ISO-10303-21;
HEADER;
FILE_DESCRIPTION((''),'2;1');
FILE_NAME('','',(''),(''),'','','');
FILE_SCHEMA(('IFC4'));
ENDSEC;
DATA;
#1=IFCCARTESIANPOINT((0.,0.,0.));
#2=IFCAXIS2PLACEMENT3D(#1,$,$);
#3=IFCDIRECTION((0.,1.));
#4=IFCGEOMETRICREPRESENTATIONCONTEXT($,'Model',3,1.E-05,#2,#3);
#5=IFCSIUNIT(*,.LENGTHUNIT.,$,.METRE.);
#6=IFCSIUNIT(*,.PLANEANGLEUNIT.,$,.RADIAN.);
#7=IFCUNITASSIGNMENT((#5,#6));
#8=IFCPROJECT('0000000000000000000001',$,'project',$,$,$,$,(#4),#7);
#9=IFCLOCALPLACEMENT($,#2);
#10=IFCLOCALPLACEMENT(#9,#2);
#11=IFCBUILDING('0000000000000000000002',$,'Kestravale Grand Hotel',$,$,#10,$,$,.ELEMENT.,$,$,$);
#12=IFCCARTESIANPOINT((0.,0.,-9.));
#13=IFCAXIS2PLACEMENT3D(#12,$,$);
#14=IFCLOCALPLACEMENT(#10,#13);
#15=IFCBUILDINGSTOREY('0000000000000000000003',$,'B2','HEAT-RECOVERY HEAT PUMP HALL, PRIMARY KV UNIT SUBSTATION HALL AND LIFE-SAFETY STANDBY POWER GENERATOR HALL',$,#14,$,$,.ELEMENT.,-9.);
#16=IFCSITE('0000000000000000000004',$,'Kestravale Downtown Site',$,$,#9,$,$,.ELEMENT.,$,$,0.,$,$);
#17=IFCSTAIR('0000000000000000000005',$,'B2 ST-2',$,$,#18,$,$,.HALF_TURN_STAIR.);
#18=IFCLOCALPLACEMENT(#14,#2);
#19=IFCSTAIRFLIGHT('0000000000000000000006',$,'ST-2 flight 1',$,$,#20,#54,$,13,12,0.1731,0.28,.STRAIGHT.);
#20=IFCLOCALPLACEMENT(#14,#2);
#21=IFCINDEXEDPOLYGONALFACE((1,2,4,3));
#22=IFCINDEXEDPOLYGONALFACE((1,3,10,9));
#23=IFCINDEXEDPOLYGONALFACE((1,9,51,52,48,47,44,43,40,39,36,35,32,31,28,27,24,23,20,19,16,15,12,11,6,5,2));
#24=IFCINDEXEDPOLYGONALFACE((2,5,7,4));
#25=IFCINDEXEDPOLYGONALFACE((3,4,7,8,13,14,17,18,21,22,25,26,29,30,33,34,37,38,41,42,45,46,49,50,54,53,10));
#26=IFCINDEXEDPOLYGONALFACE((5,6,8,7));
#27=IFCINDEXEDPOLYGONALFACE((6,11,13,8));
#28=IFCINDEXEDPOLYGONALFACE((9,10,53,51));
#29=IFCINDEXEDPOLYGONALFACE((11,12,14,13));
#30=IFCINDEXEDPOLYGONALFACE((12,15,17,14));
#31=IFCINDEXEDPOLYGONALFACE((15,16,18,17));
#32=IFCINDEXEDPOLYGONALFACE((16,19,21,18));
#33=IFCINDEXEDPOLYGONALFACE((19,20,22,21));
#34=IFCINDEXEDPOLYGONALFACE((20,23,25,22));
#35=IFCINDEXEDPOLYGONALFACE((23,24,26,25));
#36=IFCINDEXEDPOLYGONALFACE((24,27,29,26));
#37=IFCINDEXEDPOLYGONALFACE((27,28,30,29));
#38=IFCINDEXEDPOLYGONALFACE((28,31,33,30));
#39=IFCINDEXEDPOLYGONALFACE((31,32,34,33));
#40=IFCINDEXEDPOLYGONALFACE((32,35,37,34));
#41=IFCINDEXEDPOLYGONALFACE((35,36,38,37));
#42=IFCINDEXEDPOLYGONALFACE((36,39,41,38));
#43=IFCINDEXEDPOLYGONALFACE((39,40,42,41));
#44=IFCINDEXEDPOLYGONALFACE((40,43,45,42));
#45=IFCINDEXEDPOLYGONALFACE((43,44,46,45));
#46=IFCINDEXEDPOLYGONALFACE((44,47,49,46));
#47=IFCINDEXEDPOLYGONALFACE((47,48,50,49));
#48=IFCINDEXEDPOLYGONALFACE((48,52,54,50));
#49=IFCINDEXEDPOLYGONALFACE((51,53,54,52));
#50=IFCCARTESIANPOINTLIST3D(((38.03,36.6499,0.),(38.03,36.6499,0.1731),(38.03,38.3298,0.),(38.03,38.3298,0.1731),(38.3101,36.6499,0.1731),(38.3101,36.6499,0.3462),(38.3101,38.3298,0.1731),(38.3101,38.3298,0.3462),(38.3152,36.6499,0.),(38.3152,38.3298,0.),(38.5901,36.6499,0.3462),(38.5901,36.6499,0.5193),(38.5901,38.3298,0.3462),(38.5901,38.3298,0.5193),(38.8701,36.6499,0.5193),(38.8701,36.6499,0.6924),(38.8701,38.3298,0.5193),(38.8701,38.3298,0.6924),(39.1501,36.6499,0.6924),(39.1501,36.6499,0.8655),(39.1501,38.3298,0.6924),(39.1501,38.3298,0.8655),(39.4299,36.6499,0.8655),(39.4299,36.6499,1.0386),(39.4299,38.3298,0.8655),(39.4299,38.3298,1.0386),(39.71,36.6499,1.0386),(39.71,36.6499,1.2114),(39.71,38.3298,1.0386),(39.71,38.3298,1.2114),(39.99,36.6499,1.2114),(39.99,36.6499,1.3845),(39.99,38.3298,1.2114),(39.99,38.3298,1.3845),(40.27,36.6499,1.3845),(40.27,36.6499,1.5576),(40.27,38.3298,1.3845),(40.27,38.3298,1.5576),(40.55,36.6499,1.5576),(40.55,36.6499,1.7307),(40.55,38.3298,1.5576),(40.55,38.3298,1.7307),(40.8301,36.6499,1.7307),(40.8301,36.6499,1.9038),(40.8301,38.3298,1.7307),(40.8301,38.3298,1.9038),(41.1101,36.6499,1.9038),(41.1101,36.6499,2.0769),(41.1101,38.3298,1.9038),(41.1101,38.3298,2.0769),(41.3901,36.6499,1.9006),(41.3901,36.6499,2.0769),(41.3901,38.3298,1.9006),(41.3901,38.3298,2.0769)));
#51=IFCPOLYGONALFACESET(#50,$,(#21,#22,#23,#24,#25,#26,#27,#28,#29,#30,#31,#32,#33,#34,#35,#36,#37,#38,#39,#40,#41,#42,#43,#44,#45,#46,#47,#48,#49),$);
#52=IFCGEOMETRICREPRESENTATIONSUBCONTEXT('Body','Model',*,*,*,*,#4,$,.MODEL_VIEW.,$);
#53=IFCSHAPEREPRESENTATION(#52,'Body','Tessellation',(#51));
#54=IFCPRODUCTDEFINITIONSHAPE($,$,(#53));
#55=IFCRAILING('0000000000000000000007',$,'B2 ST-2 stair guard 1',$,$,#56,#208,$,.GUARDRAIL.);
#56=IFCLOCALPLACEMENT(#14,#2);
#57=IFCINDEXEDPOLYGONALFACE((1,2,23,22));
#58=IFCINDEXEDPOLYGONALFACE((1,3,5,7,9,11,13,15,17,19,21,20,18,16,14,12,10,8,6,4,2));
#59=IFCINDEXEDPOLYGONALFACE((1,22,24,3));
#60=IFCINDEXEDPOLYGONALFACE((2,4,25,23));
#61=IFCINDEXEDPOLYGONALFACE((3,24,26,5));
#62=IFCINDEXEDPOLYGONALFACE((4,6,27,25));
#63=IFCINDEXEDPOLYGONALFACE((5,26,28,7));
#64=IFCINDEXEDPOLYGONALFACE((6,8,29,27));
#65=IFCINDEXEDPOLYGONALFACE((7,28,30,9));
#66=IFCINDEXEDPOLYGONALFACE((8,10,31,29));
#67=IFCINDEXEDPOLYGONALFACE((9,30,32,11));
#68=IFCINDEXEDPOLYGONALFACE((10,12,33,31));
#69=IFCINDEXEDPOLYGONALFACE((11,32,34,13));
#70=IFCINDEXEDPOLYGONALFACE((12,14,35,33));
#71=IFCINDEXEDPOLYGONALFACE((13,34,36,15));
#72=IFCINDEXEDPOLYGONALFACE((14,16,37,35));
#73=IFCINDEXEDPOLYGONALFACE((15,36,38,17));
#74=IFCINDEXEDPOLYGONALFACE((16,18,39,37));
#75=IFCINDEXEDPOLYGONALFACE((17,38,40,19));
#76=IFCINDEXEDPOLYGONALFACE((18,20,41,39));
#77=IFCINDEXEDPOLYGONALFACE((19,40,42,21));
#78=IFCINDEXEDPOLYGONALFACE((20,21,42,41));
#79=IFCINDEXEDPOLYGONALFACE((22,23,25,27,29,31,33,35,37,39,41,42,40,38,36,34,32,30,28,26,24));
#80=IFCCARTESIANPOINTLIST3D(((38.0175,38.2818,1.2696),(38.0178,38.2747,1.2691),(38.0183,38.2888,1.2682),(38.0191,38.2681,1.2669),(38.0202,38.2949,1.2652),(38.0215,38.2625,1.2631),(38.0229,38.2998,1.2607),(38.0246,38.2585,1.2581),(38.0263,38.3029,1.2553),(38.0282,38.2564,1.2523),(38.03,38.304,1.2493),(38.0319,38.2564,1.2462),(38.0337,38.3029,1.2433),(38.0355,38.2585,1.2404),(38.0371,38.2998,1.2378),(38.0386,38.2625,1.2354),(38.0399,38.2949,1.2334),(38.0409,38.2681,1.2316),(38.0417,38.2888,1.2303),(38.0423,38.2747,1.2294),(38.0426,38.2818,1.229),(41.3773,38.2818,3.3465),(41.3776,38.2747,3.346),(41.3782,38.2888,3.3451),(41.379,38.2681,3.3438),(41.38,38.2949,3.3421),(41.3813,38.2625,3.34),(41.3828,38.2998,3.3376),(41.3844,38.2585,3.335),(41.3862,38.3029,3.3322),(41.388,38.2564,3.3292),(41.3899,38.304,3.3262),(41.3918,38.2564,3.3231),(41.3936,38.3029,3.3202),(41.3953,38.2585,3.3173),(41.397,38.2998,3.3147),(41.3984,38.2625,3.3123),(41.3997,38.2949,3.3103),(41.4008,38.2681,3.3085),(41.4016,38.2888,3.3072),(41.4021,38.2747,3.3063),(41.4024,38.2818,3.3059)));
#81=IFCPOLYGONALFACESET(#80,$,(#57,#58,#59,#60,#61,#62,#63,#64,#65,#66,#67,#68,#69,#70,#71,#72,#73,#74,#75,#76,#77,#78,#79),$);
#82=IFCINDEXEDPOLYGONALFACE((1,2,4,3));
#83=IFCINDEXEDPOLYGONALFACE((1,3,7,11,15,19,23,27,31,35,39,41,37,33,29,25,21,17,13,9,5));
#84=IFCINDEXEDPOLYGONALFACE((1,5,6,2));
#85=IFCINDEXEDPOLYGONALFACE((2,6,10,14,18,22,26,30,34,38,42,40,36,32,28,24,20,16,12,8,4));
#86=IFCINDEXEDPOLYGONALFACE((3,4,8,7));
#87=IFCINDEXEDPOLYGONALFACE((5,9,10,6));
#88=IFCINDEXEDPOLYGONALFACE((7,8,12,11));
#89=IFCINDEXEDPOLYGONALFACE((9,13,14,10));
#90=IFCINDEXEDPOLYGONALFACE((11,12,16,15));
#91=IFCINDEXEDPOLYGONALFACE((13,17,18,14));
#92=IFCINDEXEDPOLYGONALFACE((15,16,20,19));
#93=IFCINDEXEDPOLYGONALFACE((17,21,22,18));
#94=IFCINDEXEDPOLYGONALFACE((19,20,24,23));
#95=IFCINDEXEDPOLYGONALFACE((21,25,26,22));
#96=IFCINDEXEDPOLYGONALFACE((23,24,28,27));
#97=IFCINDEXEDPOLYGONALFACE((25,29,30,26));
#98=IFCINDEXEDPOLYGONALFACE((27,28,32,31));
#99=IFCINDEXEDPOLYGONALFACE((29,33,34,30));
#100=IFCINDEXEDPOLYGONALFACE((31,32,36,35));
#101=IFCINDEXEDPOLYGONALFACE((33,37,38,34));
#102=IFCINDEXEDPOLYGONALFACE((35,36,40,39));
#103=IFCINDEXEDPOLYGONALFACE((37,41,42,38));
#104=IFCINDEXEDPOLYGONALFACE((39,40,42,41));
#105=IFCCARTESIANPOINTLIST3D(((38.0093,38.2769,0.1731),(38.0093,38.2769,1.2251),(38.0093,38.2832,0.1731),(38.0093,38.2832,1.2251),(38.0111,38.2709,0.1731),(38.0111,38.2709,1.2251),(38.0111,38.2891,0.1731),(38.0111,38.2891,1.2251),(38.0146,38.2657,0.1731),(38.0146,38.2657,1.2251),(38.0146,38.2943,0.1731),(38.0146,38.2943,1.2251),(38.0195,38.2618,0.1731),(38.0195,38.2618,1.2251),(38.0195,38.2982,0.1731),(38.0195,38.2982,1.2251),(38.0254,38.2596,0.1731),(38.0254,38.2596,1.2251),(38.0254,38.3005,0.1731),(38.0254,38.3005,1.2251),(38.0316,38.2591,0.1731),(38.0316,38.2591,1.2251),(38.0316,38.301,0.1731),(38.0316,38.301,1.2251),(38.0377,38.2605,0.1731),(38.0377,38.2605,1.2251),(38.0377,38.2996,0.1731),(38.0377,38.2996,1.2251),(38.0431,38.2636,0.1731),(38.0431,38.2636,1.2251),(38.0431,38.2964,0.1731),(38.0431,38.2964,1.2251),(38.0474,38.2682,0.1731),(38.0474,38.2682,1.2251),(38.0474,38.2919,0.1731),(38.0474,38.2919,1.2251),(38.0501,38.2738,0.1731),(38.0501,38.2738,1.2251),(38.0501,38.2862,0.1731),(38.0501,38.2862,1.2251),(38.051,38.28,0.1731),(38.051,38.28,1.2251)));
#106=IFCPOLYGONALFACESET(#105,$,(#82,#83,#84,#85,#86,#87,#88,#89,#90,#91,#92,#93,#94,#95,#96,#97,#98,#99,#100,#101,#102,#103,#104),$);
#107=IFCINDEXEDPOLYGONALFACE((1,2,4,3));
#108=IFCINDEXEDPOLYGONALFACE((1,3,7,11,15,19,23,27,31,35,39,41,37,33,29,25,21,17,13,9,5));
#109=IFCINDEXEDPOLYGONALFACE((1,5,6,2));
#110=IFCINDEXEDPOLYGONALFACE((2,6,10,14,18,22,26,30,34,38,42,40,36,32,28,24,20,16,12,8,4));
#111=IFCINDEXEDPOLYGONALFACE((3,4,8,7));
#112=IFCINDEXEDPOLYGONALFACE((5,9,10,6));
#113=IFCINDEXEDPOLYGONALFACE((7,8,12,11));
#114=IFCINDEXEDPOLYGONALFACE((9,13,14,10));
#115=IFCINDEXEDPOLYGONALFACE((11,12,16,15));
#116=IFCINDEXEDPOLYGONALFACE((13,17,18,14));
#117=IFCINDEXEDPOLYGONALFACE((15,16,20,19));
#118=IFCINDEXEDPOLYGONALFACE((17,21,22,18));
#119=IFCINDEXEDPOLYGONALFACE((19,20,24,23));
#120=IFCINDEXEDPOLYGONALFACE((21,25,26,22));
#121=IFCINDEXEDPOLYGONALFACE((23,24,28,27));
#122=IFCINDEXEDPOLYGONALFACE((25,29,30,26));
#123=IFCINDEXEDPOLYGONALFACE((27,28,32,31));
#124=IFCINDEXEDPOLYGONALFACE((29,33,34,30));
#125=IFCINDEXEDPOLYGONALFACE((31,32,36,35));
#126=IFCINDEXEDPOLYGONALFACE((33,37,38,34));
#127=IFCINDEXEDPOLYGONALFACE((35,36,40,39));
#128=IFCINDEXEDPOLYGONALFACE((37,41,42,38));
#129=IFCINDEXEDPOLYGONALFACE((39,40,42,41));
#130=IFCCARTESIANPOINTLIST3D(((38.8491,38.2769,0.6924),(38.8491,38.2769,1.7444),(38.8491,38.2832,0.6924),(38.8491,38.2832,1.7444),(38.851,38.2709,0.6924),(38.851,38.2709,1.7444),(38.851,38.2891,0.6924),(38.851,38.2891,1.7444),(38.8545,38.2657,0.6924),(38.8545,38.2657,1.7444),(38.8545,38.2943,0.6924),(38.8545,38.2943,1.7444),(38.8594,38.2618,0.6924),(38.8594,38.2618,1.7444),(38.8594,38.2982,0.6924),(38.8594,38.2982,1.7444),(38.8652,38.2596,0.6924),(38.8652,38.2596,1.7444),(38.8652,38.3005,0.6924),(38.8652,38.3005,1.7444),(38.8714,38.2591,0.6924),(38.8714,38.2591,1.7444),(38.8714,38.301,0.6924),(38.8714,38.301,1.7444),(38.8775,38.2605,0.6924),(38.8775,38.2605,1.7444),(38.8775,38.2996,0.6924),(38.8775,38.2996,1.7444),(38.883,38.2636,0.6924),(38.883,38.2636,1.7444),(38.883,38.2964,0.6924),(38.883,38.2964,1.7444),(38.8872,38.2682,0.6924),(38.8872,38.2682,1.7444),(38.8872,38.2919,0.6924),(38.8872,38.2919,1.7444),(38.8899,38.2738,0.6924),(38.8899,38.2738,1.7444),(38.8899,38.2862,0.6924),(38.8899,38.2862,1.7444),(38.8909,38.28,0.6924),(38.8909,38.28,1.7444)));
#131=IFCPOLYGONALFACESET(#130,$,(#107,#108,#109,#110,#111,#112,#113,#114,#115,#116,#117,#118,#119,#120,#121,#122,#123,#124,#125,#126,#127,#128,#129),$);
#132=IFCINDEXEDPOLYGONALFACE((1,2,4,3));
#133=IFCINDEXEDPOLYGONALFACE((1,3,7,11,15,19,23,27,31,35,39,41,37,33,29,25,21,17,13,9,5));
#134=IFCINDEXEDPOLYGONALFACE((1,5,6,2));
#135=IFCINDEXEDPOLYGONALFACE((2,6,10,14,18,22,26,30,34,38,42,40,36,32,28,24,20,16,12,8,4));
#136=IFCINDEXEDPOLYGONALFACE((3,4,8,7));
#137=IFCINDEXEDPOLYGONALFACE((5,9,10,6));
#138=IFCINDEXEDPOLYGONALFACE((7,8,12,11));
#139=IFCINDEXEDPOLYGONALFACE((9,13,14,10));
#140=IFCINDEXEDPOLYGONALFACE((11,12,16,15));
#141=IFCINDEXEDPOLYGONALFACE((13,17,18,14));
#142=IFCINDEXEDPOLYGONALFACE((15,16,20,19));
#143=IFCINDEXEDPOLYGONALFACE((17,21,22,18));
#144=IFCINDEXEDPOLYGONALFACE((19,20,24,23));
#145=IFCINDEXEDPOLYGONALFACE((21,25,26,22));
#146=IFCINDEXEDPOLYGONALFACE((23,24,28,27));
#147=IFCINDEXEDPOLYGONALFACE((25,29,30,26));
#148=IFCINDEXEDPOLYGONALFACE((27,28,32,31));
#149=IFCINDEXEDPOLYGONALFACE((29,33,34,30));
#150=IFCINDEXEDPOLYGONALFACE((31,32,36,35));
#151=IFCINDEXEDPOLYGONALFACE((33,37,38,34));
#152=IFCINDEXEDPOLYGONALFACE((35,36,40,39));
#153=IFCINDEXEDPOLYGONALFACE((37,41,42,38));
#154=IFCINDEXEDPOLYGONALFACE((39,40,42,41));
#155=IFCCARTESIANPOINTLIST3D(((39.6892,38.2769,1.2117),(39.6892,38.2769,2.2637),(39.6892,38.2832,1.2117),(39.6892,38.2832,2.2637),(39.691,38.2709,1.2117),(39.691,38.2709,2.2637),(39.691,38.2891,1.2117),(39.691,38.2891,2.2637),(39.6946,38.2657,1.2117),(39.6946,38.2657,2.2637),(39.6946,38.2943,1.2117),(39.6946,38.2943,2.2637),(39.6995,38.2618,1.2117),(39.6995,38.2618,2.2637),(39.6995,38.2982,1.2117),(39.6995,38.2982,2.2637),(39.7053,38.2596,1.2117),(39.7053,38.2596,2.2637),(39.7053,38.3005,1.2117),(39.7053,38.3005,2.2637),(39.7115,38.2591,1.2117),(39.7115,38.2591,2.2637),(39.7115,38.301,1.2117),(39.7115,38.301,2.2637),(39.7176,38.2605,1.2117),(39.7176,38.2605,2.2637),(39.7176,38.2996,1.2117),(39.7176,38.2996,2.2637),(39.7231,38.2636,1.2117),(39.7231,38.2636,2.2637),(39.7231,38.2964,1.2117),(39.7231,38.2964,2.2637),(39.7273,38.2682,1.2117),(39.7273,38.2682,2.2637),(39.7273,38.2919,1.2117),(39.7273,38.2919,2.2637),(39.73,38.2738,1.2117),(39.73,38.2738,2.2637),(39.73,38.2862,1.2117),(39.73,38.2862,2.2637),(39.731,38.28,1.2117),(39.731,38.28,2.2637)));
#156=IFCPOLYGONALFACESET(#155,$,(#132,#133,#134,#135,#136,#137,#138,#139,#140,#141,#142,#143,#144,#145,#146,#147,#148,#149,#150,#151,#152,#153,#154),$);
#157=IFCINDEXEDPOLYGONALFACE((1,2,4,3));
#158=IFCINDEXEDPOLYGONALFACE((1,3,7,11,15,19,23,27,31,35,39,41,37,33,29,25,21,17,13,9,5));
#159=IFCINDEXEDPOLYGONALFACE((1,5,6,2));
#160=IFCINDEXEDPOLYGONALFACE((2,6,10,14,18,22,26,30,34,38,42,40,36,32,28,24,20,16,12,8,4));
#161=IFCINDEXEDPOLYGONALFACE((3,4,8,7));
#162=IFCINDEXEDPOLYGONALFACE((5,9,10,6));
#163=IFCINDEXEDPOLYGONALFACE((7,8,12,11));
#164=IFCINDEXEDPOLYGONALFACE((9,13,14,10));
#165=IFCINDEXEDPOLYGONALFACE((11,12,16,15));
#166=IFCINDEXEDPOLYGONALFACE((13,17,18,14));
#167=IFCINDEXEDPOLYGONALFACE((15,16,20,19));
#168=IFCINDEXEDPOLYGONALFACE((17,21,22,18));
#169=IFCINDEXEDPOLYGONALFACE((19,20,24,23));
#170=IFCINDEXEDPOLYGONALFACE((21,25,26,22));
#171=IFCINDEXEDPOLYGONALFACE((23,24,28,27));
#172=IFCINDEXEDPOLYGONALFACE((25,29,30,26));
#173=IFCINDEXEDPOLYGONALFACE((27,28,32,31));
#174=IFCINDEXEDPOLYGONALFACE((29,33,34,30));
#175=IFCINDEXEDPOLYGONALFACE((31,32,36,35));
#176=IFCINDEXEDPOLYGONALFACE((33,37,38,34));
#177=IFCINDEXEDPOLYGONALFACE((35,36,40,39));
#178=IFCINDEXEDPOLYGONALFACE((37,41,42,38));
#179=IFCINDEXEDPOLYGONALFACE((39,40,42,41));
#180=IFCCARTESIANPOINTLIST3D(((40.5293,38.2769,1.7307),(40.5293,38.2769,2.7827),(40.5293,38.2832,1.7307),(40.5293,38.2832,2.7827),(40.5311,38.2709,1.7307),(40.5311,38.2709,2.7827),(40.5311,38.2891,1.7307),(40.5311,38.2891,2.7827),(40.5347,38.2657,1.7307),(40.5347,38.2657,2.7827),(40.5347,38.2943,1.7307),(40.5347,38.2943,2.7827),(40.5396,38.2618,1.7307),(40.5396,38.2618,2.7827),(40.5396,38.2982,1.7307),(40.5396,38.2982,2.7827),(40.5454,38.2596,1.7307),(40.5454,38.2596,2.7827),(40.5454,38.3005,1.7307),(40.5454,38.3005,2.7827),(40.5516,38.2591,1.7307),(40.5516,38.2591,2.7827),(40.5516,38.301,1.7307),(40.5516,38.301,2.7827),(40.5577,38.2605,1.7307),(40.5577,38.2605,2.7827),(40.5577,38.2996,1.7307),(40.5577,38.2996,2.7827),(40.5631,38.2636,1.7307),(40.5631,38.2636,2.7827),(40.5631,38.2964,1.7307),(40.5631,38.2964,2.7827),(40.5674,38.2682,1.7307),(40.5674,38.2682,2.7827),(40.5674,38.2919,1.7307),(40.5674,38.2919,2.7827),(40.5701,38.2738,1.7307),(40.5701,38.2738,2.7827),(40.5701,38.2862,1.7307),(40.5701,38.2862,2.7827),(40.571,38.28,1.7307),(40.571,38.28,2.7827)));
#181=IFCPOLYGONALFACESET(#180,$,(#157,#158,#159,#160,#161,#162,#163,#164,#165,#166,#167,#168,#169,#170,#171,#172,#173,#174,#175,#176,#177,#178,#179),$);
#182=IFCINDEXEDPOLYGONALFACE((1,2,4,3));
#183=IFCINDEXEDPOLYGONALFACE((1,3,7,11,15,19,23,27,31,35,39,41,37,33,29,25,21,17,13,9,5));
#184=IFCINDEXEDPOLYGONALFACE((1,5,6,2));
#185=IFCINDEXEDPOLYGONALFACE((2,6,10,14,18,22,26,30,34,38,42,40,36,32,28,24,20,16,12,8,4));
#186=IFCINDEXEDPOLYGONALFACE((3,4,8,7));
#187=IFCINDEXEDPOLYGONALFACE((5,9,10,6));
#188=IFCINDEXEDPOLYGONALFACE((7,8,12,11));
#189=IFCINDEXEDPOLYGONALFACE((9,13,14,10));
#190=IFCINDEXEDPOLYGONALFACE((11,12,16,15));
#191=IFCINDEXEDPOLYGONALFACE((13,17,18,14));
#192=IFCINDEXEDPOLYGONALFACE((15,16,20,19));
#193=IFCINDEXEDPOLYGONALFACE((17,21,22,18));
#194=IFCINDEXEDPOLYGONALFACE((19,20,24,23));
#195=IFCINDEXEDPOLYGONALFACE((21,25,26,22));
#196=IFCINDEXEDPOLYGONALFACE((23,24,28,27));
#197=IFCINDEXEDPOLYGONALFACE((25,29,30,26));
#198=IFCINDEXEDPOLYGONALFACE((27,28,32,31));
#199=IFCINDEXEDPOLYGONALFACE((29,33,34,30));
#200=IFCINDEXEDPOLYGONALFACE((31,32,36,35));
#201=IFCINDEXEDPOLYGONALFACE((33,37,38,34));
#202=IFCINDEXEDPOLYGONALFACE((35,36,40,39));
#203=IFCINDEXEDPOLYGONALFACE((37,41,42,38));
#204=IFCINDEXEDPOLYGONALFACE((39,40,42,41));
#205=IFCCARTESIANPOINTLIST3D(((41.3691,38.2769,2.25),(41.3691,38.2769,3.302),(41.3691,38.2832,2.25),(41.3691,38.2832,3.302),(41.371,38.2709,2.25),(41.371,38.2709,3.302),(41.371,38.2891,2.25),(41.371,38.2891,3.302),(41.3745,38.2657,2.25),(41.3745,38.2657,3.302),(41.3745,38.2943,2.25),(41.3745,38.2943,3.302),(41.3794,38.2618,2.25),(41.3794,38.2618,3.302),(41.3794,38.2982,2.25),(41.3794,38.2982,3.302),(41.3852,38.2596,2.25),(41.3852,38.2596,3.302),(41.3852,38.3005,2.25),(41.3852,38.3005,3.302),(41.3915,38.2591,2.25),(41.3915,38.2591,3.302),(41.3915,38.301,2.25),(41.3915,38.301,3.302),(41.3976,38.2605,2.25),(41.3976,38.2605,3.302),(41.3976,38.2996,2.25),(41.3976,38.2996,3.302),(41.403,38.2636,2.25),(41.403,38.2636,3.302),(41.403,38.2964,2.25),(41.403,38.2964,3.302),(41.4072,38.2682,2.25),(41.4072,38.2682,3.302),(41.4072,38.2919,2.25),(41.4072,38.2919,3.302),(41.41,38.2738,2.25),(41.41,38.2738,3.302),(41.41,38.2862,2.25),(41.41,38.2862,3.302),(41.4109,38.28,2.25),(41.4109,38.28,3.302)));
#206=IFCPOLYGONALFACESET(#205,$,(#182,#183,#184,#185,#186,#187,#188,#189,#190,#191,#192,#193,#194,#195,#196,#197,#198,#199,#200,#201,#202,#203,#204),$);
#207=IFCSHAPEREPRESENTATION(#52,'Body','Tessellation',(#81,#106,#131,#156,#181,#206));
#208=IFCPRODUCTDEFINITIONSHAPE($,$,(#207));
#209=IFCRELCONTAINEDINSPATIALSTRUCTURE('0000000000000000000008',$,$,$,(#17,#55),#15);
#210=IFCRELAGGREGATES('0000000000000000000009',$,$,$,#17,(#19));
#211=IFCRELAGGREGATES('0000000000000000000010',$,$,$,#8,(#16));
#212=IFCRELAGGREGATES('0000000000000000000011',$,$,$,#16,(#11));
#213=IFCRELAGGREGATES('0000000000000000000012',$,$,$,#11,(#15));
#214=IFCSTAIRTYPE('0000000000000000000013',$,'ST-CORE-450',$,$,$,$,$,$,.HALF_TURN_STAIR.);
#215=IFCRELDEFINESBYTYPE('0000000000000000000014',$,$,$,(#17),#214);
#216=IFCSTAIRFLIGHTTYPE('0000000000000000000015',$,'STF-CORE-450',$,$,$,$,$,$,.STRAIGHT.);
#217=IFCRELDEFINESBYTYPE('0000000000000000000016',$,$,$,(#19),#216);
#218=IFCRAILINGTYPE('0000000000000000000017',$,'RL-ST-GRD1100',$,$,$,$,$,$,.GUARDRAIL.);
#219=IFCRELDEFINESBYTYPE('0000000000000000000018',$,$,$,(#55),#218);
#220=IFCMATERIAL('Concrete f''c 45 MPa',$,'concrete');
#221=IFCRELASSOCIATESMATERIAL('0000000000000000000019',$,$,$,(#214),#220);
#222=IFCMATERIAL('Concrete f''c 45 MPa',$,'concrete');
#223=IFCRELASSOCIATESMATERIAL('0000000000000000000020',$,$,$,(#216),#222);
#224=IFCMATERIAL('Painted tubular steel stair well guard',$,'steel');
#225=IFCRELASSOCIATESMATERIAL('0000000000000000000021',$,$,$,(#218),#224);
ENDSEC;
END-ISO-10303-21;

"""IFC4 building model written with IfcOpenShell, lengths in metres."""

from ifc_helpers import new_model, si_unit, direction, frame, origin, origin_2d, place, context, subcontext, project, spatial, polyline, circle, outline, extrude, material, type_object, element, aggregate, save


model = new_model("IFC4")

# Units and contexts
model_context = context("Model", 3, precision=1e-05, world=origin(), true_north=direction((0.0, 1.0)))
body_context = subcontext(model_context, "Body", "Model", "MODEL_VIEW")
ifc_project = project(units=[si_unit("LENGTHUNIT", "METRE"), si_unit("PLANEANGLEUNIT", "RADIAN")], contexts=[model_context])

# Site, building, storey
site_placement = place(None, origin())
site = spatial("IfcSite", under=ifc_project, at=site_placement, Name="Kestravale Downtown Site", CompositionType="ELEMENT", RefElevation=0.0)
building_placement = place(site_placement, origin())
building = spatial("IfcBuilding", under=site, at=building_placement, Name="Kestravale Grand Hotel", CompositionType="ELEMENT")
storey_placement = place(building_placement, frame((0.0, 0.0, -9.0)))
storey = spatial("IfcBuildingStorey", under=building, at=storey_placement, Name="B2", Description="HEAT-RECOVERY HEAT PUMP HALL, PRIMARY KV UNIT SUBSTATION HALL AND LIFE-SAFETY STANDBY POWER GENERATOR HALL", CompositionType="ELEMENT", Elevation=-9.0)

# Stair, stair flight
ifc_material_1 = material(Name="Concrete f'c 45 MPa", Category="concrete")
stair_type = type_object("IfcStairType", Name="ST-CORE-450", PredefinedType="HALF_TURN_STAIR", material=ifc_material_1)
stair_placement = place(storey_placement, origin())
stair = element("IfcStair", 1, at=stair_placement, inside=storey, type_object=stair_type, Name="B2 ST-2", PredefinedType="HALF_TURN_STAIR")
ifc_material_2 = material(Name="Concrete f'c 45 MPa", Category="concrete")
stair_flight_type = type_object("IfcStairFlightType", Name="STF-CORE-450", PredefinedType="STRAIGHT", material=ifc_material_2)
stair_flight_placement = place(storey_placement, frame((38.03, 37.49, 0.0), z_axis=(0.0, 0.0, 1.0), x_axis=(1.0, 0.0, 0.0)))
stair_flight = element("IfcStairFlight", 2, at=stair_flight_placement, type_object=stair_flight_type, Name="ST-2 flight 1", NumberOfRisers=13, NumberOfTreads=12, PredefinedType="STRAIGHT", RiserHeight=0.1731, TreadLength=0.28, context=body_context, shape_type="SweptSolid", body=[
    extrude(outline(polyline([(0.0, 0.0), (0.0, 0.1731), (0.28, 0.1731), (0.28, 0.3462), (0.5601, 0.3462), (0.5601, 0.5193), (0.8401, 0.5193), (0.8401, 0.6924), (1.1201, 0.6924), (1.1201, 0.8655), (1.3999, 0.8655), (1.3999, 1.0386), (1.6799, 1.0386), (1.6799, 1.2114), (1.96, 1.2114), (1.96, 1.3845), (2.24, 1.3845), (2.24, 1.5576), (2.52, 1.5576), (2.52, 1.7307), (2.8, 1.7307), (2.8, 1.9038), (3.0801, 1.9038), (3.0801, 2.0769), (3.3601, 2.0769), (3.3601, 2.25), (3.3601, 1.9006), (0.2852, 0.0), (0.0, 0.0)])), frame((0.0, 0.8398, 0.0), z_axis=(0.0, -1.0, 0.0), x_axis=(1.0, 0.0, 0.0)), (0.0, 0.0, 1.0), 1.6799),
])
aggregate(stair, [stair_flight])

# Railing
ifc_material_3 = material(Name="Painted tubular steel stair well guard", Category="steel")
railing_type_1 = type_object("IfcRailingType", Name="RL-ST-GRD1100", PredefinedType="GUARDRAIL", material=ifc_material_3)
railing_1_placement = place(storey_placement, frame((38.03, 38.28, 0.1731)))
element("IfcRailing", 3, at=railing_1_placement, inside=storey, type_object=railing_type_1, Name="B2 ST-2 stair guard 1", PredefinedType="GUARDRAIL", context=body_context, shape_type="SweptSolid", body=[
    extrude(circle(Radius=0.0239, at=origin_2d()), frame((0.0, 0.0, 1.0762), z_axis=(0.850606, 0.0, 0.525803), x_axis=(0.0, 1.0, 0.0)), (0.0, 0.0, 1.0), 3.95),
    extrude(circle(Radius=0.021, at=origin_2d()), origin(), (0.0, 0.0, 1.0), 1.052),
    extrude(circle(Radius=0.021, at=origin_2d()), frame((0.8398, 0.0, 0.5193)), (0.0, 0.0, 1.0), 1.052),
    extrude(circle(Radius=0.021, at=origin_2d()), frame((1.6799, 0.0, 1.0386)), (0.0, 0.0, 1.0), 1.052),
    extrude(circle(Radius=0.021, at=origin_2d()), frame((2.52, 0.0, 1.5576)), (0.0, 0.0, 1.0), 1.052),
    extrude(circle(Radius=0.021, at=origin_2d()), frame((3.3599, 0.0, 2.0769)), (0.0, 0.0, 1.0), 1.052),
])

save(model, "model.ifc")
